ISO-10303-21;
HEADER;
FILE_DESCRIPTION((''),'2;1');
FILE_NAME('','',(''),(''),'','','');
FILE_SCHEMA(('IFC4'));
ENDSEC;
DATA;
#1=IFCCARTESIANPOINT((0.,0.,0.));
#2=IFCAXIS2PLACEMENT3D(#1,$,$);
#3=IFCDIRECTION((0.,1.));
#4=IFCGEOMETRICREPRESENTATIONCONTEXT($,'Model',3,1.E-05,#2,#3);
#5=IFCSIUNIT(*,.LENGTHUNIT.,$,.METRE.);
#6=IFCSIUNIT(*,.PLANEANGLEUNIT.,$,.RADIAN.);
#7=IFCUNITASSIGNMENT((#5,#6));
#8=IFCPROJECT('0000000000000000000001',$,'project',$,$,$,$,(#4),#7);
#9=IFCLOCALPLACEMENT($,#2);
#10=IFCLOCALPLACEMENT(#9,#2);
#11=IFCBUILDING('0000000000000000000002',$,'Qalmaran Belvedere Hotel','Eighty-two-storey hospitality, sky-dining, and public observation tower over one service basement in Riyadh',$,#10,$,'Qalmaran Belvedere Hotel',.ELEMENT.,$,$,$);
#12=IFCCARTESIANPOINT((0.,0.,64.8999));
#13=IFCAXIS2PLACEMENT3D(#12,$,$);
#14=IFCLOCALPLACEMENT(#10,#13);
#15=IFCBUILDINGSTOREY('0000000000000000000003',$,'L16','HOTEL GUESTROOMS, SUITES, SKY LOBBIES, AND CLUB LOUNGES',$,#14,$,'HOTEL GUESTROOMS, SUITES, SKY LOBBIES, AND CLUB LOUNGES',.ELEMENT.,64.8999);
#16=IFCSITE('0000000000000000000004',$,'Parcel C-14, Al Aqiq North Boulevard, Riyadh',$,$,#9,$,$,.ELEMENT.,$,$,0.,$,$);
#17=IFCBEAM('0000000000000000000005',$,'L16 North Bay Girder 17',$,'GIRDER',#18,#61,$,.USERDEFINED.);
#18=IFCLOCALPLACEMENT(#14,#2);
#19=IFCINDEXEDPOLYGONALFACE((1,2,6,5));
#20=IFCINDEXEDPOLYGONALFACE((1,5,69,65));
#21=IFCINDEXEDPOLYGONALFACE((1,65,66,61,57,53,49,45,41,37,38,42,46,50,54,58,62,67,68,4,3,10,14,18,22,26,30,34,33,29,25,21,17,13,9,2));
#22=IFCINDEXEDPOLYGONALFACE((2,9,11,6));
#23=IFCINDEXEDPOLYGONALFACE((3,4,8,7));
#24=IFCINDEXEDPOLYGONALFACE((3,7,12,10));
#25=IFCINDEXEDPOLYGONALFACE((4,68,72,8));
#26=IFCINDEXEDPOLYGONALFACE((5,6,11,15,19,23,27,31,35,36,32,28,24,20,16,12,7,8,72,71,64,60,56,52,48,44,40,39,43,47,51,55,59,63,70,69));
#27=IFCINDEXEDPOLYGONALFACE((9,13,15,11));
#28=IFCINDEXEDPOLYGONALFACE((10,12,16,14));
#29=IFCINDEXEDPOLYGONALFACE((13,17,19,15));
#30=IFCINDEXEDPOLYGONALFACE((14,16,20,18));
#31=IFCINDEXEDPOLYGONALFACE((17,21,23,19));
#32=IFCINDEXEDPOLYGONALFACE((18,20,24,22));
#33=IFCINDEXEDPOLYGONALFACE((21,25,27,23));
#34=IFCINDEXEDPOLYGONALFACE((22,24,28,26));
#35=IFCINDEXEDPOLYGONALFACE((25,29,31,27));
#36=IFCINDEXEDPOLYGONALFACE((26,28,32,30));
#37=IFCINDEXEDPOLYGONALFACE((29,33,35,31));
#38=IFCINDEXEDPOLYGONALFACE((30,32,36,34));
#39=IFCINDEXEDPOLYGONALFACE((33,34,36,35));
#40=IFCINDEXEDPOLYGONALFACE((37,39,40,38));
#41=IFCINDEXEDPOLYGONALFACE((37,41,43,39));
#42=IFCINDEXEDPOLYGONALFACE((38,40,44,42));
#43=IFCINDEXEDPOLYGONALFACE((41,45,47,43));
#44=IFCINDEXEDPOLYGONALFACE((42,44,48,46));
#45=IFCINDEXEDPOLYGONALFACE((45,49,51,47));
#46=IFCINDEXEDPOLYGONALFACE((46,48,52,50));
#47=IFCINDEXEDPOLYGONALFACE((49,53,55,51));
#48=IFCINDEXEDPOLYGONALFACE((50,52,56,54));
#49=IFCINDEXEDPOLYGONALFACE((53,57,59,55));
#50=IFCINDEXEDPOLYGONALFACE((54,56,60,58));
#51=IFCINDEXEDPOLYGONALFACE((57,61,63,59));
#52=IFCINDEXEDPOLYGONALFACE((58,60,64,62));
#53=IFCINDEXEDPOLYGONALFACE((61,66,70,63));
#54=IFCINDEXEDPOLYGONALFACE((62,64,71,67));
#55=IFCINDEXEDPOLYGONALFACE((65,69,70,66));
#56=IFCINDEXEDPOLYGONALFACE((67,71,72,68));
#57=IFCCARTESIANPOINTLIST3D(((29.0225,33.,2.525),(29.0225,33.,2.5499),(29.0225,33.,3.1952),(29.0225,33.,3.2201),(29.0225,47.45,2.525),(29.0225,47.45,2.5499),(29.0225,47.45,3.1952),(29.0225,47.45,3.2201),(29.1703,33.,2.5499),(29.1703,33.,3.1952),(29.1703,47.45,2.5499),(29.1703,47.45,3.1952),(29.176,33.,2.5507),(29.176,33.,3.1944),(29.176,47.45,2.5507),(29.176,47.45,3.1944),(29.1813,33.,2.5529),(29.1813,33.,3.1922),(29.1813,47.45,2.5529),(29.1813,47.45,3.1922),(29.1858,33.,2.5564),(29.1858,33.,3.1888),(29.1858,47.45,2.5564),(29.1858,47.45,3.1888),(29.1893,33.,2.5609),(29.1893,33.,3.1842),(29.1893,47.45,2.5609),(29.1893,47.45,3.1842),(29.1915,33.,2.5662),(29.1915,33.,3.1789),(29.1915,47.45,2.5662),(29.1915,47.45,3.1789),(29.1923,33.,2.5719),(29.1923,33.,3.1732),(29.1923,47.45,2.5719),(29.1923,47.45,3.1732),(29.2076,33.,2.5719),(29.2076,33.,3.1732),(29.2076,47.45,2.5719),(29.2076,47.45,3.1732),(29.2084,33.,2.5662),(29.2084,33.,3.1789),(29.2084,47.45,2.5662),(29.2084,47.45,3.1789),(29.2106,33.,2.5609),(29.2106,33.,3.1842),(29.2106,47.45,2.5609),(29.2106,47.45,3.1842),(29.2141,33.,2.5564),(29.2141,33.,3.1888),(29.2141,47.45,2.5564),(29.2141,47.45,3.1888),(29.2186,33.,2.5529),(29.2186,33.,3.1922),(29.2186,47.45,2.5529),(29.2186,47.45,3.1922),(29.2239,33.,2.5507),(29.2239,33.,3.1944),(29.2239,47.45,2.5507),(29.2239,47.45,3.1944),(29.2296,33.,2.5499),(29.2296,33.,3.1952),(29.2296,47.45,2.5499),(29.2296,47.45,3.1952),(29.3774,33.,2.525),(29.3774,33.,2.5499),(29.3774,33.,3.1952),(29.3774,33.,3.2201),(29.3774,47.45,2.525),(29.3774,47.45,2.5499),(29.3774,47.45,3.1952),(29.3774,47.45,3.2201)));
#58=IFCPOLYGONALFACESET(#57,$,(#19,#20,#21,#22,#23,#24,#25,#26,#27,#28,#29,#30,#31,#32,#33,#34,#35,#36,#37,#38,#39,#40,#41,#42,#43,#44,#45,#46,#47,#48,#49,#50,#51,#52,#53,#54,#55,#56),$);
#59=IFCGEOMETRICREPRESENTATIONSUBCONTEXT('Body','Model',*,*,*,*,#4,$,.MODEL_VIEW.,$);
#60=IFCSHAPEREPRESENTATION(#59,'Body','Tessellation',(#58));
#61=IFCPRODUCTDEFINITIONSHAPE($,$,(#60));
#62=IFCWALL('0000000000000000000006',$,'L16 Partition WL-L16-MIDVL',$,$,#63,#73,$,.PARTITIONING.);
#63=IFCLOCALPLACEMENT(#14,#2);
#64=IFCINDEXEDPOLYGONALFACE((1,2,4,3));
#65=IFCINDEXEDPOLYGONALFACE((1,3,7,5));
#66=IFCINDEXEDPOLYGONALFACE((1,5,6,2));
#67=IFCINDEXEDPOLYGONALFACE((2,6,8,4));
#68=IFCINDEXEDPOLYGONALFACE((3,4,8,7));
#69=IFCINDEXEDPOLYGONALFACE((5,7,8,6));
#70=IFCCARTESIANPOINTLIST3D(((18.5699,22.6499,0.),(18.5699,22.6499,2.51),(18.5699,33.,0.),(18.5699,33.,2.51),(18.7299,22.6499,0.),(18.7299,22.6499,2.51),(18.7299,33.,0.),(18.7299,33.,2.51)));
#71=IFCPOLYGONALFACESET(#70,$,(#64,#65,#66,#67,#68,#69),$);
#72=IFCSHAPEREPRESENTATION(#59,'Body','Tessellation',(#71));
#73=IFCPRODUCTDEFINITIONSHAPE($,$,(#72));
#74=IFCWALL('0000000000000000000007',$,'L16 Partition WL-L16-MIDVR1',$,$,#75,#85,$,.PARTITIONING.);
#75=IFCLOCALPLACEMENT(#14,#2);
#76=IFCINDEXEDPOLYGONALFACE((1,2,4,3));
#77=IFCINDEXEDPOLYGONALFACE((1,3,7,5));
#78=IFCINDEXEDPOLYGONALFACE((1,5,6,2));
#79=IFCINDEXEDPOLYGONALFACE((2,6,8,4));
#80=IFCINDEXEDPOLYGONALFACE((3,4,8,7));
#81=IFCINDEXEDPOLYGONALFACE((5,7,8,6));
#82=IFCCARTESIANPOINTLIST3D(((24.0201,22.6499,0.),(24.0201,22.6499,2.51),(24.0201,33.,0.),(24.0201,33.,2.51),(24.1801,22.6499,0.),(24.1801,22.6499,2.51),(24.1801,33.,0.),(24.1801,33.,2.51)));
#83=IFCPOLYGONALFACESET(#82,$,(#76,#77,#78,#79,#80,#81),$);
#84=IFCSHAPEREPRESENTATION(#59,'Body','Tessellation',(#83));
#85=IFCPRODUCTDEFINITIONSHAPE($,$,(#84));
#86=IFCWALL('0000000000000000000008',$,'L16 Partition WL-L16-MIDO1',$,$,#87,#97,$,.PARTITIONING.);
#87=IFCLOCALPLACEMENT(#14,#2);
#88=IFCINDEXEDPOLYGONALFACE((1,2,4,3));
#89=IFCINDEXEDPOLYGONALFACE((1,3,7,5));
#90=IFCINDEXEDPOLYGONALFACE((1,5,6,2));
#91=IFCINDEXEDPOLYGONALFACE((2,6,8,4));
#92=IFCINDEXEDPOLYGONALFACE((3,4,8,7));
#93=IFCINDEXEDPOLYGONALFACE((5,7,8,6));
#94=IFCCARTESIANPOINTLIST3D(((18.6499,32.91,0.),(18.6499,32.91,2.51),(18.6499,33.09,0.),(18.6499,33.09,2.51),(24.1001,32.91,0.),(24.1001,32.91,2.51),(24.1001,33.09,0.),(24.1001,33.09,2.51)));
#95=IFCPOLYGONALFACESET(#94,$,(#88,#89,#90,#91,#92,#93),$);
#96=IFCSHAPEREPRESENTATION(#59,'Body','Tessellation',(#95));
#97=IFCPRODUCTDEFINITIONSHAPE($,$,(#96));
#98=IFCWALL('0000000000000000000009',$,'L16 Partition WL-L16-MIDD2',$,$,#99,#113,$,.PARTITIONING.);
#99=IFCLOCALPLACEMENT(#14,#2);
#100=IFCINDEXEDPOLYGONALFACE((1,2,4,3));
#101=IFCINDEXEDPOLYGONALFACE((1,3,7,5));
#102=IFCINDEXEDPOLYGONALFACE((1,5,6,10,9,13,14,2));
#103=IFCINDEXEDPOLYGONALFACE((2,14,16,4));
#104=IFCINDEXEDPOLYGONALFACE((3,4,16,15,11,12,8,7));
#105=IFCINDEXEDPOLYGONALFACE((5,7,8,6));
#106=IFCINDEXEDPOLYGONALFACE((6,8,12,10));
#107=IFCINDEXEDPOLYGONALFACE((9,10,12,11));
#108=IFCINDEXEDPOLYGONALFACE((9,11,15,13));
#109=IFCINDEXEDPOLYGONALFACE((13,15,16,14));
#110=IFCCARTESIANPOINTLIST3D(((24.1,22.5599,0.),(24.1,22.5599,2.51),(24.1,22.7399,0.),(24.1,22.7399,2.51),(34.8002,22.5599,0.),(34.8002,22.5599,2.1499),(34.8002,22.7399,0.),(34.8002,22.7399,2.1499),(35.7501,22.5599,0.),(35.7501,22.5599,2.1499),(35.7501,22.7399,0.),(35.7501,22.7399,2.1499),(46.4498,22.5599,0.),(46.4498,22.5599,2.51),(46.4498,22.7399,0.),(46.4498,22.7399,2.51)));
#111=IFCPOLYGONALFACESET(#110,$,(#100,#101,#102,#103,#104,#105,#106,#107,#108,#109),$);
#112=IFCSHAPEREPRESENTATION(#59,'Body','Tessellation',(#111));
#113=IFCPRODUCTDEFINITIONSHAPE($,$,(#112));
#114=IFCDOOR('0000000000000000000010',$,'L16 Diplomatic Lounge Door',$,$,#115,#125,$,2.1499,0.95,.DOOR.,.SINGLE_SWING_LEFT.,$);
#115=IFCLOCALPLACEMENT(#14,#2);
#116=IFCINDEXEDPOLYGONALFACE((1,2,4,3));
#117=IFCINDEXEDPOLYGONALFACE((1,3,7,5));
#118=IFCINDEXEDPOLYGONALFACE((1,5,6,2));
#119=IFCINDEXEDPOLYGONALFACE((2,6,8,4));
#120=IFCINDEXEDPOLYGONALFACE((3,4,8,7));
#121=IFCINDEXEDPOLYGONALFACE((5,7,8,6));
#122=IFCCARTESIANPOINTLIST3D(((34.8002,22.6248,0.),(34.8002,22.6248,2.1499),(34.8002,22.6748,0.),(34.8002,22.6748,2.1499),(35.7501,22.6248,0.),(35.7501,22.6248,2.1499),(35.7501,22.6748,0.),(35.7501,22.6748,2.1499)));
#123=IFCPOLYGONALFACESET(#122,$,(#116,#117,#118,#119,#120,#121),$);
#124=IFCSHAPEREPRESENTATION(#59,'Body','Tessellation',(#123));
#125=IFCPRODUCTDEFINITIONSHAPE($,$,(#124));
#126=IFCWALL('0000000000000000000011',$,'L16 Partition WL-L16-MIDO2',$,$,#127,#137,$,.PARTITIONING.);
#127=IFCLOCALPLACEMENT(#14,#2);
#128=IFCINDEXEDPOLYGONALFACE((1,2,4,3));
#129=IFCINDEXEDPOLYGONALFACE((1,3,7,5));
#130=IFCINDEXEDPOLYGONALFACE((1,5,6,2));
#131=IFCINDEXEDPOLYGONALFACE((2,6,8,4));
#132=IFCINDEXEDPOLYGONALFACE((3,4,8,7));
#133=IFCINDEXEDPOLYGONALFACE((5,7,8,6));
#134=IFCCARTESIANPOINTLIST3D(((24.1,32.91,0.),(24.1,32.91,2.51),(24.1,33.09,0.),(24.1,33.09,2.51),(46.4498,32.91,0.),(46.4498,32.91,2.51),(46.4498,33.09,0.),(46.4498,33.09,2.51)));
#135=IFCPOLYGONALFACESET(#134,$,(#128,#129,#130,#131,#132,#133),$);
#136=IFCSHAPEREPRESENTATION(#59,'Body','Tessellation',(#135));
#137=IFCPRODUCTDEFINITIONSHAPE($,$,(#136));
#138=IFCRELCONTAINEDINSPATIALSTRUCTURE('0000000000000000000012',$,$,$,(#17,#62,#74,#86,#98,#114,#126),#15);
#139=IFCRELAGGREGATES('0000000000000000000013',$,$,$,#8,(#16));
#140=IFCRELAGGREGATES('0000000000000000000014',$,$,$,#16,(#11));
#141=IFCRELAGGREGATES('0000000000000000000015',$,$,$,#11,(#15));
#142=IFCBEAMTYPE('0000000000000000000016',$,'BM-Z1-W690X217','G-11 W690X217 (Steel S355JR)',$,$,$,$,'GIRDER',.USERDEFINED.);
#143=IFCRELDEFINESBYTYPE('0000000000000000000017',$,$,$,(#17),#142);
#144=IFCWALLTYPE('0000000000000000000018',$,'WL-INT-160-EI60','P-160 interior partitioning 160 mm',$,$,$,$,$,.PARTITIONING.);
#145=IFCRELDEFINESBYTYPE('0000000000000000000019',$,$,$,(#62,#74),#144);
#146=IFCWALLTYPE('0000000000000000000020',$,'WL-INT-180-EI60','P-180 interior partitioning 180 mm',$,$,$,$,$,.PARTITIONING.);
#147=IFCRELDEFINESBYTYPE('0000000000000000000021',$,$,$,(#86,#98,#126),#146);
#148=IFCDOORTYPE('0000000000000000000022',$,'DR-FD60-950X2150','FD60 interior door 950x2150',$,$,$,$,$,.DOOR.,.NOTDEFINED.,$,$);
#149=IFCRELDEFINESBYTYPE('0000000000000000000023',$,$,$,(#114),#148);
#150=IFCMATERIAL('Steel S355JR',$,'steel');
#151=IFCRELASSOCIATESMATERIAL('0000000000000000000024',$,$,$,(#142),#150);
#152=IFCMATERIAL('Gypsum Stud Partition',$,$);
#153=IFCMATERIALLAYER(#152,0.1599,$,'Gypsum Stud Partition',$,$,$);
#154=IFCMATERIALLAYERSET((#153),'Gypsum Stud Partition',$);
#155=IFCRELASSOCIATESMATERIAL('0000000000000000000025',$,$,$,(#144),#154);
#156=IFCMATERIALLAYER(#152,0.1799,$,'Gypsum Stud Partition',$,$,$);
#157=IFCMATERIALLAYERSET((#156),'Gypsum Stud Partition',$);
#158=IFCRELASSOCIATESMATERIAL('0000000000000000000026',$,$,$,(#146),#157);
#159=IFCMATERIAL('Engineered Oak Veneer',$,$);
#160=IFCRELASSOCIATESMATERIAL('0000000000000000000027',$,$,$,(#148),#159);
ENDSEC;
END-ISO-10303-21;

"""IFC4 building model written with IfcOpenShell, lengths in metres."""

from ifc_helpers import new_model, si_unit, direction, frame, frame_2d, origin, origin_2d, place, context, subcontext, project, spatial, rectangle, i_section, extrude, material, layer, layer_set, material_profile, profile_set, type_object, element, fill, save


model = new_model("IFC4")

# Units and contexts
model_context = context("Model", 3, precision=1e-05, world=origin(), true_north=direction((0.0, 1.0)))
body_context = subcontext(model_context, "Body", "Model", "MODEL_VIEW")
ifc_project = project(units=[si_unit("LENGTHUNIT", "METRE"), si_unit("PLANEANGLEUNIT", "RADIAN")], contexts=[model_context])

# Site, building, storey
site_placement = place(None, origin())
site = spatial("IfcSite", under=ifc_project, at=site_placement, Name="Parcel C-14, Al Aqiq North Boulevard, Riyadh", CompositionType="ELEMENT", RefElevation=0.0)
building_placement = place(site_placement, origin())
building = spatial("IfcBuilding", under=site, at=building_placement, Name="Qalmaran Belvedere Hotel", Description="Eighty-two-storey hospitality, sky-dining, and public observation tower over one service basement in Riyadh", LongName="Qalmaran Belvedere Hotel", CompositionType="ELEMENT")
storey_placement = place(building_placement, frame((0.0, 0.0, 64.8999)))
storey = spatial("IfcBuildingStorey", under=building, at=storey_placement, Name="L16", Description="HOTEL GUESTROOMS, SUITES, SKY LOBBIES, AND CLUB LOUNGES", LongName="HOTEL GUESTROOMS, SUITES, SKY LOBBIES, AND CLUB LOUNGES", CompositionType="ELEMENT", Elevation=64.8999)

# Beam
ifc_material_1 = material(Name="Steel S355JR", Category="steel")
ifc_material_profile_1 = material_profile(ifc_material_1, i_section(OverallWidth=0.355, OverallDepth=0.6951, WebThickness=0.0154, FlangeThickness=0.0249, FilletRadius=0.022, at=origin_2d()), Name="W690X217")
ifc_profile_set_1 = profile_set([ifc_material_profile_1], Name="Steel S355JR")
beam_type_1 = type_object("IfcBeamType", Name="BM-Z1-W690X217", Description="G-11 W690X217 (Steel S355JR)", ElementType="GIRDER", PredefinedType="USERDEFINED", material=ifc_profile_set_1)
beam_1_placement = place(storey_placement, frame((29.2, 33.0, 2.8726), z_axis=(0.0, 1.0, 0.0), x_axis=(-1.0, 0.0, 0.0)))
element("IfcBeam", 1, at=beam_1_placement, inside=storey, type_object=beam_type_1, Name="L16 North Bay Girder 17", ObjectType="GIRDER", PredefinedType="USERDEFINED", context=body_context, shape_type="SweptSolid", body=[
    extrude(i_section(OverallWidth=0.355, OverallDepth=0.6951, WebThickness=0.0154, FlangeThickness=0.0249, FilletRadius=0.022, at=origin_2d()), origin(), (0.0, 0.0, 1.0), 14.45),
])

# Shared definitions
ifc_material_2 = material(Name="Gypsum Stud Partition")

# Walls
ifc_layer_1 = layer(ifc_material_2, 0.1599, Name="Gypsum Stud Partition")
ifc_layer_set_1 = layer_set([ifc_layer_1], Name="Gypsum Stud Partition")
wall_type_1 = type_object("IfcWallType", Name="WL-INT-160-EI60", Description="P-160 interior partitioning 160 mm", PredefinedType="PARTITIONING", material=ifc_layer_set_1)
for number, where, z_axis, x_axis, name in (
    (2, (18.6499, 22.6499, 0.0), (0.0, 0.0, 1.0), (0.0, 1.0, 0.0), "L16 Partition WL-L16-MIDVL"),
    (3, (24.1001, 22.6499, 0.0), (0.0, 0.0, 1.0), (0.0, 1.0, 0.0), "L16 Partition WL-L16-MIDVR1"),
):
    element("IfcWall", number, at=place(storey_placement, frame(where, z_axis=z_axis, x_axis=x_axis)), inside=storey, type_object=wall_type_1, Name=name, PredefinedType="PARTITIONING", context=body_context, shape_type="SweptSolid", body=[
        extrude(rectangle(XDim=10.3501, YDim=0.1599, at=frame_2d((5.175, 0.0))), origin(), (0.0, 0.0, 1.0), 2.51),
    ])

# Shared definitions
ifc_layer_2 = layer(ifc_material_2, 0.1799, Name="Gypsum Stud Partition")
ifc_layer_set_2 = layer_set([ifc_layer_2], Name="Gypsum Stud Partition")
wall_type_2 = type_object("IfcWallType", Name="WL-INT-180-EI60", Description="P-180 interior partitioning 180 mm", PredefinedType="PARTITIONING", material=ifc_layer_set_2)
ifc_material_3 = material(Name="Engineered Oak Veneer")
door_type_1 = type_object("IfcDoorType", Name="DR-FD60-950X2150", Description="FD60 interior door 950x2150", OperationType="NOTDEFINED", PredefinedType="DOOR", material=ifc_material_3)

# Wall
wall_1_placement = place(storey_placement, frame((18.6499, 33.0, 0.0), z_axis=(0.0, 0.0, 1.0), x_axis=(1.0, 0.0, 0.0)))
element("IfcWall", 4, at=wall_1_placement, inside=storey, type_object=wall_type_2, Name="L16 Partition WL-L16-MIDO1", PredefinedType="PARTITIONING", context=body_context, shape_type="SweptSolid", body=[
    extrude(rectangle(XDim=5.4502, YDim=0.1799, at=frame_2d((2.7251, 0.0))), origin(), (0.0, 0.0, 1.0), 2.51),
])

# Wall, opening, door
wall_2_placement = place(storey_placement, frame((24.1001, 22.6499, 0.0), z_axis=(0.0, 0.0, 1.0), x_axis=(1.0, 0.0, 0.0)))
wall_2 = element("IfcWall", 5, at=wall_2_placement, inside=storey, type_object=wall_type_2, Name="L16 Partition WL-L16-MIDD2", PredefinedType="PARTITIONING", context=body_context, shape_type="SweptSolid", body=[
    extrude(rectangle(XDim=22.3499, YDim=0.1799, at=frame_2d((11.1748, 0.0))), origin(), (0.0, 0.0, 1.0), 2.51),
])
opening_1_placement = place(wall_2_placement, frame((10.7, 0.0, 0.0)))
opening_1 = element("IfcOpeningElement", 6, at=opening_1_placement, cuts=wall_2, PredefinedType="OPENING", context=body_context, shape_type="SweptSolid", body=[
    extrude(rectangle(XDim=0.95, YDim=2.1499, at=frame_2d((0.4751, 1.075))), frame((0.0, 0.1001, 0.0), z_axis=(0.0, -1.0, 0.0), x_axis=(1.0, 0.0, 0.0)), (0.0, 0.0, 1.0), 0.2),
])
door_1_placement = place(opening_1_placement, origin())
door_1 = element("IfcDoor", 7, at=door_1_placement, inside=storey, type_object=door_type_1, Name="L16 Diplomatic Lounge Door", OperationType="SINGLE_SWING_LEFT", OverallHeight=2.1499, OverallWidth=0.95, PredefinedType="DOOR", context=body_context, shape_type="SweptSolid", body=[
    extrude(rectangle(XDim=0.95, YDim=2.1499, at=frame_2d((0.4751, 1.075))), frame((0.0, 0.0249, 0.0), z_axis=(0.0, -1.0, 0.0), x_axis=(1.0, 0.0, 0.0)), (0.0, 0.0, 1.0), 0.05),
])
fill(opening_1, door_1)

# Wall
wall_3_placement = place(storey_placement, frame((24.1001, 33.0, 0.0), z_axis=(0.0, 0.0, 1.0), x_axis=(1.0, 0.0, 0.0)))
element("IfcWall", 8, at=wall_3_placement, inside=storey, type_object=wall_type_2, Name="L16 Partition WL-L16-MIDO2", PredefinedType="PARTITIONING", context=body_context, shape_type="SweptSolid", body=[
    extrude(rectangle(XDim=22.3499, YDim=0.1799, at=frame_2d((11.1748, 0.0))), origin(), (0.0, 0.0, 1.0), 2.51),
])

save(model, "model.ifc")
